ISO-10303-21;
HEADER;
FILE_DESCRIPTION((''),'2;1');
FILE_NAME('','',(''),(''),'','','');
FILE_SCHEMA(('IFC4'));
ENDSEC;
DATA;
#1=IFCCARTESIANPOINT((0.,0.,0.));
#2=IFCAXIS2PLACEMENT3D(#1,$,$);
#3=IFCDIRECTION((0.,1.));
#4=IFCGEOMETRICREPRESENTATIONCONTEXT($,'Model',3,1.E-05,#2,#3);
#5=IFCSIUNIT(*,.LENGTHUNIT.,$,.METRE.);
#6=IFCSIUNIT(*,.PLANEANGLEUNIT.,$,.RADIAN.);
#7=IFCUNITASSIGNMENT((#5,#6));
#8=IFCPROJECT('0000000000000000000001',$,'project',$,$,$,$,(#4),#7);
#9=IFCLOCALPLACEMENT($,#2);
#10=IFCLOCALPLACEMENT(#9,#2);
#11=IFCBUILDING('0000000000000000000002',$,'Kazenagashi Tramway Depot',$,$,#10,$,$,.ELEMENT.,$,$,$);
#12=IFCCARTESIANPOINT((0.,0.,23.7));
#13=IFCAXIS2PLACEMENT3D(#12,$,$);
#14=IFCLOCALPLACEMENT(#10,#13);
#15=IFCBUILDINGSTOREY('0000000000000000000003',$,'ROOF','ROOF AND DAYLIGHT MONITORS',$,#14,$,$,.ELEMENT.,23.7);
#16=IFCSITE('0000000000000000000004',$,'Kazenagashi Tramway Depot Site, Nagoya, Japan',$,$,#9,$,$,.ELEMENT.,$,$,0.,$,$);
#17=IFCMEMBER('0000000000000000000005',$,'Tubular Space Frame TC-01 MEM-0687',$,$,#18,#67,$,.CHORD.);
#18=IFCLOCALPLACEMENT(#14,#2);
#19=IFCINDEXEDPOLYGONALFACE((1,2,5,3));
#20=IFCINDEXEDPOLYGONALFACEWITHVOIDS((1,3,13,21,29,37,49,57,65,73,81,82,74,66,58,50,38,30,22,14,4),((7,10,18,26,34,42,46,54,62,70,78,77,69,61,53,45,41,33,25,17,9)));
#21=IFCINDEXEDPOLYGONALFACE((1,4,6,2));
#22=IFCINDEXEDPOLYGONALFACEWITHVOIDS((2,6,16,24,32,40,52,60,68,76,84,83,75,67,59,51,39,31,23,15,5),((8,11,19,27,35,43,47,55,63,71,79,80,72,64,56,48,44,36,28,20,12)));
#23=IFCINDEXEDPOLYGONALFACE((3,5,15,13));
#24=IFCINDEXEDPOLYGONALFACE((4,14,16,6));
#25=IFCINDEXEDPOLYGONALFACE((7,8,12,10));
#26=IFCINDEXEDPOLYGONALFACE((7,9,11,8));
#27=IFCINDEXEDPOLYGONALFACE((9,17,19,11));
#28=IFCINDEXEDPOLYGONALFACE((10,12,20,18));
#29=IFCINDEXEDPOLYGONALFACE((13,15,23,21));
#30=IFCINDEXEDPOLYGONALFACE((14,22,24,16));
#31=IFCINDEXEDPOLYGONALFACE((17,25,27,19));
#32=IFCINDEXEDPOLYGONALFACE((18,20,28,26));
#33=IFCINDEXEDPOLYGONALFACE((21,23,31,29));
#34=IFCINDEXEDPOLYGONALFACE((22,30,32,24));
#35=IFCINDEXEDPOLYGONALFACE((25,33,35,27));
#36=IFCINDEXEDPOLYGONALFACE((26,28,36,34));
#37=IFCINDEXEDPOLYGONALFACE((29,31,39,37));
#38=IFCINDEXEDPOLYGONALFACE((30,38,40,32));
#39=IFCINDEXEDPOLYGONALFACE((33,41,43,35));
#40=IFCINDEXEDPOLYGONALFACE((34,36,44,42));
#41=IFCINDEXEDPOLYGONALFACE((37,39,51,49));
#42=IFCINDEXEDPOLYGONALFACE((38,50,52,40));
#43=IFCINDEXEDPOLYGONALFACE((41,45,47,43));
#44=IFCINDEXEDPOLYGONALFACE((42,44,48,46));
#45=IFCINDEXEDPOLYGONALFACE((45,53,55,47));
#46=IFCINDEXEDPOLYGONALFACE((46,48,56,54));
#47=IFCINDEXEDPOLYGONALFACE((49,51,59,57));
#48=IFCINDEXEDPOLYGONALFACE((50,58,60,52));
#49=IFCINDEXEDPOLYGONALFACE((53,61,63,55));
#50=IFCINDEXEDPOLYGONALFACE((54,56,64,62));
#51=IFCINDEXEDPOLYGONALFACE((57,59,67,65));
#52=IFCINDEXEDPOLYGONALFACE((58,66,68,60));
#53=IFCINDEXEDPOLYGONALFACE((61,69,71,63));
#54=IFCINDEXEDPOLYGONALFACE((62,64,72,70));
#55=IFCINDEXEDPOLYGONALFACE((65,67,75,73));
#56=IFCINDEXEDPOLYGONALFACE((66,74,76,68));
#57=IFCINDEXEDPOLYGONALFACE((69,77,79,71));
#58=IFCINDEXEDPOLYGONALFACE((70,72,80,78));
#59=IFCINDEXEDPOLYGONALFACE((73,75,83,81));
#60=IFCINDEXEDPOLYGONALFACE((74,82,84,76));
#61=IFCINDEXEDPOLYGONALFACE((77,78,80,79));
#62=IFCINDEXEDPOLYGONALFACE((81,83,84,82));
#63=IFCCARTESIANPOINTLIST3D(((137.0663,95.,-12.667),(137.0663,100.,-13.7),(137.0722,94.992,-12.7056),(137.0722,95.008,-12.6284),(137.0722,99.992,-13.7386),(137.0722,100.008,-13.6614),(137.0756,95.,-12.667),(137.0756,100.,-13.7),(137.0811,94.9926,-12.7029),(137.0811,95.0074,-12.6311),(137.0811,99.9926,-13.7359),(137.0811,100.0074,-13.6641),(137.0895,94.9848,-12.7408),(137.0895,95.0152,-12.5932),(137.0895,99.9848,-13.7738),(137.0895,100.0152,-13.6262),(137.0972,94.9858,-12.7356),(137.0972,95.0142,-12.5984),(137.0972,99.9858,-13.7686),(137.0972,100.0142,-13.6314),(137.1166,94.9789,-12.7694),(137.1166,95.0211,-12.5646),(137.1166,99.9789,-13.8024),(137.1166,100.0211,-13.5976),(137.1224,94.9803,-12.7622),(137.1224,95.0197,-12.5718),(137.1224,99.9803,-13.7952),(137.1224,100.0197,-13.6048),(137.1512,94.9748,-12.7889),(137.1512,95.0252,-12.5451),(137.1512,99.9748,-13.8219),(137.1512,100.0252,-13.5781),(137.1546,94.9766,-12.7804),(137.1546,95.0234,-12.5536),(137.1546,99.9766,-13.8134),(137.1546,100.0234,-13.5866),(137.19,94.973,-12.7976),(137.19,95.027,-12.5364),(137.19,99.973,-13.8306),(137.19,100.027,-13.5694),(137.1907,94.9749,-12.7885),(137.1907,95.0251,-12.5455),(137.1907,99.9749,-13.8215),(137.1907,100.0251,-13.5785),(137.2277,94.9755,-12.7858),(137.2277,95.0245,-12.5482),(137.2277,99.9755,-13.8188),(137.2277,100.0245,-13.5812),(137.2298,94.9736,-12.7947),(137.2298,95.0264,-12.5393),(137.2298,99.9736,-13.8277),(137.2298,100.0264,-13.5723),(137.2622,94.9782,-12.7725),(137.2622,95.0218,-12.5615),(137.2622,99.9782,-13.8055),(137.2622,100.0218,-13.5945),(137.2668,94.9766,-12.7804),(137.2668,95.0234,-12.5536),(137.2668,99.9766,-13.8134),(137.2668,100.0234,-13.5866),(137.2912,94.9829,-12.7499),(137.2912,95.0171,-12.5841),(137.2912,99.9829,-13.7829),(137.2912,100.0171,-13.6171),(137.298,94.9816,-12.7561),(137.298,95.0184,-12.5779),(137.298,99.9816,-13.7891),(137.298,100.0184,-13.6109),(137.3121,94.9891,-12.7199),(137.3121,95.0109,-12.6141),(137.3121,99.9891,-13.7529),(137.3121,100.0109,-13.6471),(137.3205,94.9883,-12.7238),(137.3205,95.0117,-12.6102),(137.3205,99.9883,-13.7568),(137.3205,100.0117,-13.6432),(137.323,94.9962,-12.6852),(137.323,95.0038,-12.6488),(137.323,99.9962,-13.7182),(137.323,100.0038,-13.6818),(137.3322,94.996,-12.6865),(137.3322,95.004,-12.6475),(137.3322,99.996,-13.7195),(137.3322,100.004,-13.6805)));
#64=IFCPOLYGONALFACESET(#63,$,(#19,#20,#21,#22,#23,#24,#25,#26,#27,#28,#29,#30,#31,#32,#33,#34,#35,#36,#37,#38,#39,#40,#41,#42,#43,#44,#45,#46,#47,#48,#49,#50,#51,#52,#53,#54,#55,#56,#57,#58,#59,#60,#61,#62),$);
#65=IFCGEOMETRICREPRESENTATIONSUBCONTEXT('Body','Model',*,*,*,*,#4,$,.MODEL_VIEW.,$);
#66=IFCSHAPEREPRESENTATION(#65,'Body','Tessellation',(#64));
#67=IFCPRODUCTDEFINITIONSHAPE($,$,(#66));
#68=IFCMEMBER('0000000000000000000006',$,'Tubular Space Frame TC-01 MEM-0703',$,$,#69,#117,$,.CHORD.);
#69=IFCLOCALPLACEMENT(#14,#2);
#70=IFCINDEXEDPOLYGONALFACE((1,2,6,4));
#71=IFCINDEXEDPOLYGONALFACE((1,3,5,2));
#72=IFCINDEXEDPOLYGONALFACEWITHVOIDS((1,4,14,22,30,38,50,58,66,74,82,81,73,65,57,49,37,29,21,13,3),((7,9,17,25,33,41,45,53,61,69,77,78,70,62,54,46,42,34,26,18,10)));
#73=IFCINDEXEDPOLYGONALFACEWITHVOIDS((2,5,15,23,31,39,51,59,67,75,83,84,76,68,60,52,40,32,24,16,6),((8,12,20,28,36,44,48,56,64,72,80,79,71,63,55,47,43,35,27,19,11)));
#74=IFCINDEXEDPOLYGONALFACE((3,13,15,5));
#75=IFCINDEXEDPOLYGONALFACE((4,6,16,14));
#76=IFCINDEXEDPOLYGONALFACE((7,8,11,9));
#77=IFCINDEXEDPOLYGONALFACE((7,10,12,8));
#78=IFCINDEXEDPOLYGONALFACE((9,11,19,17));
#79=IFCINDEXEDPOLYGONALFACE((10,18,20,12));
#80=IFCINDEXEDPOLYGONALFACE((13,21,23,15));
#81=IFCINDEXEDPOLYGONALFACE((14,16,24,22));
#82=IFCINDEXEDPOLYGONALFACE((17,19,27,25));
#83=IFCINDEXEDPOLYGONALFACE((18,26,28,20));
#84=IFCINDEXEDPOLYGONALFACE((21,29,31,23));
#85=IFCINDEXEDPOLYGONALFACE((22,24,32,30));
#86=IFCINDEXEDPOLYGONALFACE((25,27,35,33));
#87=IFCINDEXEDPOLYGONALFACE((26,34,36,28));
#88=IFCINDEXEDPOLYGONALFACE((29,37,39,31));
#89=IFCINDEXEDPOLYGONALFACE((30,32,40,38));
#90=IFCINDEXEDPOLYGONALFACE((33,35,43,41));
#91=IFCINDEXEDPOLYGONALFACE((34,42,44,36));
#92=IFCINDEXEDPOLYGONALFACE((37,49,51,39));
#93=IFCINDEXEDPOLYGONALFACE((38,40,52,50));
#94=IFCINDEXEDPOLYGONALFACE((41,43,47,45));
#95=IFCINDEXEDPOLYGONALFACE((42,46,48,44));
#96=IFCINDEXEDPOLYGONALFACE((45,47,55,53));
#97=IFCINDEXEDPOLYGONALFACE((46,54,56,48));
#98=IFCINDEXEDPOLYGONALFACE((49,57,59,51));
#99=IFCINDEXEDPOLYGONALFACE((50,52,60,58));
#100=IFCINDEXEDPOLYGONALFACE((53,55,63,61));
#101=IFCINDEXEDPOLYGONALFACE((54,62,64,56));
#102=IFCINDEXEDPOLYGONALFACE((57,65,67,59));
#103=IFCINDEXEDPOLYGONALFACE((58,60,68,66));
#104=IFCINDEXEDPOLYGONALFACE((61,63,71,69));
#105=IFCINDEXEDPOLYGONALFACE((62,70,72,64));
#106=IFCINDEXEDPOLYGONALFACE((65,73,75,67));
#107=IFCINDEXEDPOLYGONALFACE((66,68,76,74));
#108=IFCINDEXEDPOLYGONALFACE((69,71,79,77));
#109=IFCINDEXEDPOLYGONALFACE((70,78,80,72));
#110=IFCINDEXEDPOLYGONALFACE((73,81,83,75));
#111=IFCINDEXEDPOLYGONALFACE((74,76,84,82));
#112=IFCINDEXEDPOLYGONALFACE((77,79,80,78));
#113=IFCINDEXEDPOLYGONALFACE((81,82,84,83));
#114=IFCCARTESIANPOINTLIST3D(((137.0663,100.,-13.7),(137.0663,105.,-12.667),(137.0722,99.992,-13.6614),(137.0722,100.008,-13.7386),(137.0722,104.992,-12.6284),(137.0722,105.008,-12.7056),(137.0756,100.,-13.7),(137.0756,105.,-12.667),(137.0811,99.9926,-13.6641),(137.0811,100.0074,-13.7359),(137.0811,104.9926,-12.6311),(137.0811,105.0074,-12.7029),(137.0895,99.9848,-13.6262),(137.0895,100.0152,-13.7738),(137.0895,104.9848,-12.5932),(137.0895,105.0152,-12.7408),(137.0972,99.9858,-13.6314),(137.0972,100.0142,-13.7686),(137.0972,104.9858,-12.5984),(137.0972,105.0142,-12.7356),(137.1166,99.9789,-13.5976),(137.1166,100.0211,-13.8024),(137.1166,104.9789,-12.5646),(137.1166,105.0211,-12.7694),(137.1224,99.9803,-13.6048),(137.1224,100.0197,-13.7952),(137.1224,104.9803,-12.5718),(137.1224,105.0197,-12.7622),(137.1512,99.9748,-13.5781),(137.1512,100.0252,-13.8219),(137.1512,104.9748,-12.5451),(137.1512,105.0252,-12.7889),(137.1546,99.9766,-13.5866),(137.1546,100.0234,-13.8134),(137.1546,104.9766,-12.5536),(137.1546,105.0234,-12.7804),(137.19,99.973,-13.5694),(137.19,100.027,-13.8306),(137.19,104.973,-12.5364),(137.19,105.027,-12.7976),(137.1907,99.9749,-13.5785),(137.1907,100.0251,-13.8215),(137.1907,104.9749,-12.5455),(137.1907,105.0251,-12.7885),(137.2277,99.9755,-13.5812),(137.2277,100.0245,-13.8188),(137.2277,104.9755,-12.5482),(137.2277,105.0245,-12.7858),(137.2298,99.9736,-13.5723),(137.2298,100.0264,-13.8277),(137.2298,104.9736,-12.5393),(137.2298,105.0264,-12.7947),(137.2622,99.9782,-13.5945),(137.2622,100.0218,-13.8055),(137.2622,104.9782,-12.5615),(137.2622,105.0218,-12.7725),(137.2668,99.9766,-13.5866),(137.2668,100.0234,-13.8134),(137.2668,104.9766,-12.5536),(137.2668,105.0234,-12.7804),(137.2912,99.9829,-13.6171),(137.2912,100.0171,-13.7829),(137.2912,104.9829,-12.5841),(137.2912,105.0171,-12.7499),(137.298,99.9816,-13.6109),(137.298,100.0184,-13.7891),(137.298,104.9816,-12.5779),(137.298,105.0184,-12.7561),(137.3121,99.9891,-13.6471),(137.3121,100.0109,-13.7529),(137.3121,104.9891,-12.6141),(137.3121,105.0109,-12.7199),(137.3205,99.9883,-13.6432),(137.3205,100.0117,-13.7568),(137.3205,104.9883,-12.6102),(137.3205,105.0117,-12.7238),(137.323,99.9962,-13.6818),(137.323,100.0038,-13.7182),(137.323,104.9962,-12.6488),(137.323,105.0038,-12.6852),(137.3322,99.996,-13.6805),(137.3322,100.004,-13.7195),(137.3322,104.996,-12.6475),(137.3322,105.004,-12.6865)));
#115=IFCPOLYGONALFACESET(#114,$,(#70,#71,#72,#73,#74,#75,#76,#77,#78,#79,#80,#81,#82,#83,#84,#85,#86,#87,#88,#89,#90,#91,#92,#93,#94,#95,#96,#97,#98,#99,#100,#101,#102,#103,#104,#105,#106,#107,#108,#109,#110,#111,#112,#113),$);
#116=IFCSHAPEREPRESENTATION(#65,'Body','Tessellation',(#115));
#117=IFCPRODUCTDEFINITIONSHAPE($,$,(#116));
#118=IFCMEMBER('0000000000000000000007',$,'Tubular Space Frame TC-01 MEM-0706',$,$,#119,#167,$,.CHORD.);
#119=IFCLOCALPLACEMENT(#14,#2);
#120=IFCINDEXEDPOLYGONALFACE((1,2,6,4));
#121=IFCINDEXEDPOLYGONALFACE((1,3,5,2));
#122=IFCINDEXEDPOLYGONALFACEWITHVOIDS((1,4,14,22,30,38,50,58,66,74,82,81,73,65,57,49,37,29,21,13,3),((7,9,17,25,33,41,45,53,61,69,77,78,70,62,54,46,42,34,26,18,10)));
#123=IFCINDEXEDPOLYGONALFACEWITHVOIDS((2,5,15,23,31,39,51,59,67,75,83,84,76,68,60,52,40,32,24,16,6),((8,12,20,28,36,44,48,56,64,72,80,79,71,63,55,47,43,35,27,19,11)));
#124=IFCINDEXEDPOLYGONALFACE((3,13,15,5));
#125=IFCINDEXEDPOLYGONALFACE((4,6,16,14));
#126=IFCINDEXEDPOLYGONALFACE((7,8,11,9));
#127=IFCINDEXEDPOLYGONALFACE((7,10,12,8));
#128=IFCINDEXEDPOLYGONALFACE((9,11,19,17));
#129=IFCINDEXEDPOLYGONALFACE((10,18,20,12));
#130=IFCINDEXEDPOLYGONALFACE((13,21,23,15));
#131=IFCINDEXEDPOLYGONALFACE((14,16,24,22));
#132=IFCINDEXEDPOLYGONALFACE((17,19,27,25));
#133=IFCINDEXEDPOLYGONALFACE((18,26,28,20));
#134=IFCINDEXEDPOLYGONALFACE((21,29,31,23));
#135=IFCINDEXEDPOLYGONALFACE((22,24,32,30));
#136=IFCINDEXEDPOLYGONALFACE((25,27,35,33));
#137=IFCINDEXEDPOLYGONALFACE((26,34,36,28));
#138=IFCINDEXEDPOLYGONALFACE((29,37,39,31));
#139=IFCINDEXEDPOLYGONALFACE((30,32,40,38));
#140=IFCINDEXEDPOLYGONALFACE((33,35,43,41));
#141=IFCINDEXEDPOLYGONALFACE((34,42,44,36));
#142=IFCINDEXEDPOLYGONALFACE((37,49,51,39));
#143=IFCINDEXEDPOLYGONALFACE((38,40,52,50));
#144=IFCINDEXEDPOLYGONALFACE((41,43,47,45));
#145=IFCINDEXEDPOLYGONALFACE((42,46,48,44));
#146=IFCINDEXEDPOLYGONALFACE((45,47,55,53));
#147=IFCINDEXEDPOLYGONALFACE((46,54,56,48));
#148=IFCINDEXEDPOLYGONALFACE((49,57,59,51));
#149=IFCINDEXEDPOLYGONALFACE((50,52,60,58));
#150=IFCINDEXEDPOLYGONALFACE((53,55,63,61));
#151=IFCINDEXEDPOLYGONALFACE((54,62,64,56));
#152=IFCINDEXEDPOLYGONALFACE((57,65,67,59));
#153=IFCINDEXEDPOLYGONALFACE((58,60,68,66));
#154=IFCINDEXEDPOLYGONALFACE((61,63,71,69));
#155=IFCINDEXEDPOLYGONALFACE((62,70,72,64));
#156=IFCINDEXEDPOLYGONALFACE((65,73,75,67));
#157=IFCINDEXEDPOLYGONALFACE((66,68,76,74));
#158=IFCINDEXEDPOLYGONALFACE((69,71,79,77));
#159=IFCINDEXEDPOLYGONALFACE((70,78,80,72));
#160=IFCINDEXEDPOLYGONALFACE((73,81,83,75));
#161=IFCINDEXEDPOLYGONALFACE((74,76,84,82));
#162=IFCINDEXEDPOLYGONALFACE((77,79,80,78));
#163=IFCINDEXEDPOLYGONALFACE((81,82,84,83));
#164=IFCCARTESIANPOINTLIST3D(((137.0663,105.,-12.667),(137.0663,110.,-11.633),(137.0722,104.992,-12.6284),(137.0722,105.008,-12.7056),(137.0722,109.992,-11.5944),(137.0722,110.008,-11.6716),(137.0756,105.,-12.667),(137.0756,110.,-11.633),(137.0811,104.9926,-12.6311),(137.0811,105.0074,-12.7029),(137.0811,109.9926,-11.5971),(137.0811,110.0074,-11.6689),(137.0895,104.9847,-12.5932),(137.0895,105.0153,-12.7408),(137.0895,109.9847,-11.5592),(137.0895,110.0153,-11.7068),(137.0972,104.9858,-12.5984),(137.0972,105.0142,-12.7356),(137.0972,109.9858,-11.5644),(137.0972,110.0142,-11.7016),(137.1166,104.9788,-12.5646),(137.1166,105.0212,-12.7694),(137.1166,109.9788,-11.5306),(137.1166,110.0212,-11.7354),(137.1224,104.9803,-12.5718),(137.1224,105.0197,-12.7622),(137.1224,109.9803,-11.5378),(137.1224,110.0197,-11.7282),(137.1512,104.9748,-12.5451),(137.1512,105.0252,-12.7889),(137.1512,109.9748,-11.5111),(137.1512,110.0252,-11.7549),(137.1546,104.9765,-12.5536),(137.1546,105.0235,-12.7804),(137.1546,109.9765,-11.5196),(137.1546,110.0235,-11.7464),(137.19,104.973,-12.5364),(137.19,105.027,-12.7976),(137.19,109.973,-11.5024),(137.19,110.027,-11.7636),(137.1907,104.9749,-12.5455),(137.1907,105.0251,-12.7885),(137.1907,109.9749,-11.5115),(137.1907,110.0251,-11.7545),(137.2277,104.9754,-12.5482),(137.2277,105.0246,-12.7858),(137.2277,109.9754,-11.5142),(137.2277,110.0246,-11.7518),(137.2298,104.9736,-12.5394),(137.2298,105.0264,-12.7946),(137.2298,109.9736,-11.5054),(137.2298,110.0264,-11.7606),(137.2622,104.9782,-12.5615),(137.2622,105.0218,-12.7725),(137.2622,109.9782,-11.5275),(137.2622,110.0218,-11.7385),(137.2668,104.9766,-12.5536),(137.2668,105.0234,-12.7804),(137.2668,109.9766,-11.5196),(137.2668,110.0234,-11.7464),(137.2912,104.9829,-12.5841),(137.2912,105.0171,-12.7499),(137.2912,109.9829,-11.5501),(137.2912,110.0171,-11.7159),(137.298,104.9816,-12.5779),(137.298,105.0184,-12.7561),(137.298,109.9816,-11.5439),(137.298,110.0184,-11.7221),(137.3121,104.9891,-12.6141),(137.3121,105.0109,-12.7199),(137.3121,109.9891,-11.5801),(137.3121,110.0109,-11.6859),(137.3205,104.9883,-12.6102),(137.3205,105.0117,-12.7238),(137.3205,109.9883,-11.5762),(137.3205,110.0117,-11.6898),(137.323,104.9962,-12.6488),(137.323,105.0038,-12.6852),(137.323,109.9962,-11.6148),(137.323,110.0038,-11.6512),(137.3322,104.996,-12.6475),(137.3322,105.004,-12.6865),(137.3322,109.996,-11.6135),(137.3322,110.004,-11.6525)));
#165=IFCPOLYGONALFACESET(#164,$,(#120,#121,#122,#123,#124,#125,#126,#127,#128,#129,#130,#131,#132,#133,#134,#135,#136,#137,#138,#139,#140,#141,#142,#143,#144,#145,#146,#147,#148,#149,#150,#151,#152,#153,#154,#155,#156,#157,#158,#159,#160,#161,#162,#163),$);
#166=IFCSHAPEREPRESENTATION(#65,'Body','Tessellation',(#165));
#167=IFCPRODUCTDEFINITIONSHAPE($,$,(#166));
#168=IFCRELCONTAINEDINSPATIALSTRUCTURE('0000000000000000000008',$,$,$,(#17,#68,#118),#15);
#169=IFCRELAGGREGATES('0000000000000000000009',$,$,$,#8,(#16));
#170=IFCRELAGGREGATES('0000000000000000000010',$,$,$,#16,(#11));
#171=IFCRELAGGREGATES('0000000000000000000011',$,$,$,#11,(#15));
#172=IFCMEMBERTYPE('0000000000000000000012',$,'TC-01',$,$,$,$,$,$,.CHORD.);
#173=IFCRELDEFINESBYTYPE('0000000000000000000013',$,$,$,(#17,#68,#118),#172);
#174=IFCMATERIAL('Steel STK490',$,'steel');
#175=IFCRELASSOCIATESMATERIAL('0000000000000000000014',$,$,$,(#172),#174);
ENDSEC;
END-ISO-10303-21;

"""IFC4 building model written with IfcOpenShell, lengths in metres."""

from ifc_helpers import new_model, si_unit, direction, frame, origin, origin_2d, place, context, subcontext, project, spatial, hollow_circle, extrude, material, material_profile, profile_set, type_object, element, save


model = new_model("IFC4")

# Units and contexts
model_context = context("Model", 3, precision=1e-05, world=origin(), true_north=direction((0.0, 1.0)))
body_context = subcontext(model_context, "Body", "Model", "MODEL_VIEW")
ifc_project = project(units=[si_unit("LENGTHUNIT", "METRE"), si_unit("PLANEANGLEUNIT", "RADIAN")], contexts=[model_context])

# Site, building, storey
site_placement = place(None, origin())
site = spatial("IfcSite", under=ifc_project, at=site_placement, Name="Kazenagashi Tramway Depot Site, Nagoya, Japan", CompositionType="ELEMENT", RefElevation=0.0)
building_placement = place(site_placement, origin())
building = spatial("IfcBuilding", under=site, at=building_placement, Name="Kazenagashi Tramway Depot", CompositionType="ELEMENT")
storey_placement = place(building_placement, frame((0.0, 0.0, 23.7)))
storey = spatial("IfcBuildingStorey", under=building, at=storey_placement, Name="ROOF", Description="ROOF AND DAYLIGHT MONITORS", CompositionType="ELEMENT", Elevation=23.7)

# Members
ifc_material_1 = material(Name="Steel STK490", Category="steel")
ifc_material_profile_1 = material_profile(ifc_material_1, hollow_circle(Radius=0.1337, WallThickness=0.0093, at=origin_2d()), Name="CHS-267.4x9.3")
ifc_profile_set_1 = profile_set([ifc_material_profile_1], Name="Steel STK490")
member_type_1 = type_object("IfcMemberType", Name="TC-01", PredefinedType="CHORD", material=ifc_profile_set_1)
for number, where, z_axis, x_axis, name in (
    (1, (137.2, 95.0, -12.667), (0.0, 0.979318, -0.202327), (-1.0, 0.0, 0.0), "Tubular Space Frame TC-01 MEM-0687"),
    (2, (137.2, 100.0, -13.7), (0.0, 0.979318, 0.202327), (-1.0, 0.0, 0.0), "Tubular Space Frame TC-01 MEM-0703"),
):
    element("IfcMember", number, at=place(storey_placement, frame(where, z_axis=z_axis, x_axis=x_axis)), inside=storey, type_object=member_type_1, Name=name, PredefinedType="CHORD", context=body_context, shape_type="SweptSolid", body=[
        extrude(hollow_circle(Radius=0.1337, WallThickness=0.0093, at=origin_2d()), origin(), (0.0, 0.0, 1.0), 5.1056),
    ])
for number, where, z_axis, x_axis, name in (
    (3, (137.2, 105.0, -12.667), (0.0, 0.979279, 0.202515), (-1.0, 0.0, 0.0), "Tubular Space Frame TC-01 MEM-0706"),
):
    element("IfcMember", number, at=place(storey_placement, frame(where, z_axis=z_axis, x_axis=x_axis)), inside=storey, type_object=member_type_1, Name=name, PredefinedType="CHORD", context=body_context, shape_type="SweptSolid", body=[
        extrude(hollow_circle(Radius=0.1337, WallThickness=0.0093, at=origin_2d()), origin(), (0.0, 0.0, 1.0), 5.1058),
    ])

save(model, "model.ifc")
